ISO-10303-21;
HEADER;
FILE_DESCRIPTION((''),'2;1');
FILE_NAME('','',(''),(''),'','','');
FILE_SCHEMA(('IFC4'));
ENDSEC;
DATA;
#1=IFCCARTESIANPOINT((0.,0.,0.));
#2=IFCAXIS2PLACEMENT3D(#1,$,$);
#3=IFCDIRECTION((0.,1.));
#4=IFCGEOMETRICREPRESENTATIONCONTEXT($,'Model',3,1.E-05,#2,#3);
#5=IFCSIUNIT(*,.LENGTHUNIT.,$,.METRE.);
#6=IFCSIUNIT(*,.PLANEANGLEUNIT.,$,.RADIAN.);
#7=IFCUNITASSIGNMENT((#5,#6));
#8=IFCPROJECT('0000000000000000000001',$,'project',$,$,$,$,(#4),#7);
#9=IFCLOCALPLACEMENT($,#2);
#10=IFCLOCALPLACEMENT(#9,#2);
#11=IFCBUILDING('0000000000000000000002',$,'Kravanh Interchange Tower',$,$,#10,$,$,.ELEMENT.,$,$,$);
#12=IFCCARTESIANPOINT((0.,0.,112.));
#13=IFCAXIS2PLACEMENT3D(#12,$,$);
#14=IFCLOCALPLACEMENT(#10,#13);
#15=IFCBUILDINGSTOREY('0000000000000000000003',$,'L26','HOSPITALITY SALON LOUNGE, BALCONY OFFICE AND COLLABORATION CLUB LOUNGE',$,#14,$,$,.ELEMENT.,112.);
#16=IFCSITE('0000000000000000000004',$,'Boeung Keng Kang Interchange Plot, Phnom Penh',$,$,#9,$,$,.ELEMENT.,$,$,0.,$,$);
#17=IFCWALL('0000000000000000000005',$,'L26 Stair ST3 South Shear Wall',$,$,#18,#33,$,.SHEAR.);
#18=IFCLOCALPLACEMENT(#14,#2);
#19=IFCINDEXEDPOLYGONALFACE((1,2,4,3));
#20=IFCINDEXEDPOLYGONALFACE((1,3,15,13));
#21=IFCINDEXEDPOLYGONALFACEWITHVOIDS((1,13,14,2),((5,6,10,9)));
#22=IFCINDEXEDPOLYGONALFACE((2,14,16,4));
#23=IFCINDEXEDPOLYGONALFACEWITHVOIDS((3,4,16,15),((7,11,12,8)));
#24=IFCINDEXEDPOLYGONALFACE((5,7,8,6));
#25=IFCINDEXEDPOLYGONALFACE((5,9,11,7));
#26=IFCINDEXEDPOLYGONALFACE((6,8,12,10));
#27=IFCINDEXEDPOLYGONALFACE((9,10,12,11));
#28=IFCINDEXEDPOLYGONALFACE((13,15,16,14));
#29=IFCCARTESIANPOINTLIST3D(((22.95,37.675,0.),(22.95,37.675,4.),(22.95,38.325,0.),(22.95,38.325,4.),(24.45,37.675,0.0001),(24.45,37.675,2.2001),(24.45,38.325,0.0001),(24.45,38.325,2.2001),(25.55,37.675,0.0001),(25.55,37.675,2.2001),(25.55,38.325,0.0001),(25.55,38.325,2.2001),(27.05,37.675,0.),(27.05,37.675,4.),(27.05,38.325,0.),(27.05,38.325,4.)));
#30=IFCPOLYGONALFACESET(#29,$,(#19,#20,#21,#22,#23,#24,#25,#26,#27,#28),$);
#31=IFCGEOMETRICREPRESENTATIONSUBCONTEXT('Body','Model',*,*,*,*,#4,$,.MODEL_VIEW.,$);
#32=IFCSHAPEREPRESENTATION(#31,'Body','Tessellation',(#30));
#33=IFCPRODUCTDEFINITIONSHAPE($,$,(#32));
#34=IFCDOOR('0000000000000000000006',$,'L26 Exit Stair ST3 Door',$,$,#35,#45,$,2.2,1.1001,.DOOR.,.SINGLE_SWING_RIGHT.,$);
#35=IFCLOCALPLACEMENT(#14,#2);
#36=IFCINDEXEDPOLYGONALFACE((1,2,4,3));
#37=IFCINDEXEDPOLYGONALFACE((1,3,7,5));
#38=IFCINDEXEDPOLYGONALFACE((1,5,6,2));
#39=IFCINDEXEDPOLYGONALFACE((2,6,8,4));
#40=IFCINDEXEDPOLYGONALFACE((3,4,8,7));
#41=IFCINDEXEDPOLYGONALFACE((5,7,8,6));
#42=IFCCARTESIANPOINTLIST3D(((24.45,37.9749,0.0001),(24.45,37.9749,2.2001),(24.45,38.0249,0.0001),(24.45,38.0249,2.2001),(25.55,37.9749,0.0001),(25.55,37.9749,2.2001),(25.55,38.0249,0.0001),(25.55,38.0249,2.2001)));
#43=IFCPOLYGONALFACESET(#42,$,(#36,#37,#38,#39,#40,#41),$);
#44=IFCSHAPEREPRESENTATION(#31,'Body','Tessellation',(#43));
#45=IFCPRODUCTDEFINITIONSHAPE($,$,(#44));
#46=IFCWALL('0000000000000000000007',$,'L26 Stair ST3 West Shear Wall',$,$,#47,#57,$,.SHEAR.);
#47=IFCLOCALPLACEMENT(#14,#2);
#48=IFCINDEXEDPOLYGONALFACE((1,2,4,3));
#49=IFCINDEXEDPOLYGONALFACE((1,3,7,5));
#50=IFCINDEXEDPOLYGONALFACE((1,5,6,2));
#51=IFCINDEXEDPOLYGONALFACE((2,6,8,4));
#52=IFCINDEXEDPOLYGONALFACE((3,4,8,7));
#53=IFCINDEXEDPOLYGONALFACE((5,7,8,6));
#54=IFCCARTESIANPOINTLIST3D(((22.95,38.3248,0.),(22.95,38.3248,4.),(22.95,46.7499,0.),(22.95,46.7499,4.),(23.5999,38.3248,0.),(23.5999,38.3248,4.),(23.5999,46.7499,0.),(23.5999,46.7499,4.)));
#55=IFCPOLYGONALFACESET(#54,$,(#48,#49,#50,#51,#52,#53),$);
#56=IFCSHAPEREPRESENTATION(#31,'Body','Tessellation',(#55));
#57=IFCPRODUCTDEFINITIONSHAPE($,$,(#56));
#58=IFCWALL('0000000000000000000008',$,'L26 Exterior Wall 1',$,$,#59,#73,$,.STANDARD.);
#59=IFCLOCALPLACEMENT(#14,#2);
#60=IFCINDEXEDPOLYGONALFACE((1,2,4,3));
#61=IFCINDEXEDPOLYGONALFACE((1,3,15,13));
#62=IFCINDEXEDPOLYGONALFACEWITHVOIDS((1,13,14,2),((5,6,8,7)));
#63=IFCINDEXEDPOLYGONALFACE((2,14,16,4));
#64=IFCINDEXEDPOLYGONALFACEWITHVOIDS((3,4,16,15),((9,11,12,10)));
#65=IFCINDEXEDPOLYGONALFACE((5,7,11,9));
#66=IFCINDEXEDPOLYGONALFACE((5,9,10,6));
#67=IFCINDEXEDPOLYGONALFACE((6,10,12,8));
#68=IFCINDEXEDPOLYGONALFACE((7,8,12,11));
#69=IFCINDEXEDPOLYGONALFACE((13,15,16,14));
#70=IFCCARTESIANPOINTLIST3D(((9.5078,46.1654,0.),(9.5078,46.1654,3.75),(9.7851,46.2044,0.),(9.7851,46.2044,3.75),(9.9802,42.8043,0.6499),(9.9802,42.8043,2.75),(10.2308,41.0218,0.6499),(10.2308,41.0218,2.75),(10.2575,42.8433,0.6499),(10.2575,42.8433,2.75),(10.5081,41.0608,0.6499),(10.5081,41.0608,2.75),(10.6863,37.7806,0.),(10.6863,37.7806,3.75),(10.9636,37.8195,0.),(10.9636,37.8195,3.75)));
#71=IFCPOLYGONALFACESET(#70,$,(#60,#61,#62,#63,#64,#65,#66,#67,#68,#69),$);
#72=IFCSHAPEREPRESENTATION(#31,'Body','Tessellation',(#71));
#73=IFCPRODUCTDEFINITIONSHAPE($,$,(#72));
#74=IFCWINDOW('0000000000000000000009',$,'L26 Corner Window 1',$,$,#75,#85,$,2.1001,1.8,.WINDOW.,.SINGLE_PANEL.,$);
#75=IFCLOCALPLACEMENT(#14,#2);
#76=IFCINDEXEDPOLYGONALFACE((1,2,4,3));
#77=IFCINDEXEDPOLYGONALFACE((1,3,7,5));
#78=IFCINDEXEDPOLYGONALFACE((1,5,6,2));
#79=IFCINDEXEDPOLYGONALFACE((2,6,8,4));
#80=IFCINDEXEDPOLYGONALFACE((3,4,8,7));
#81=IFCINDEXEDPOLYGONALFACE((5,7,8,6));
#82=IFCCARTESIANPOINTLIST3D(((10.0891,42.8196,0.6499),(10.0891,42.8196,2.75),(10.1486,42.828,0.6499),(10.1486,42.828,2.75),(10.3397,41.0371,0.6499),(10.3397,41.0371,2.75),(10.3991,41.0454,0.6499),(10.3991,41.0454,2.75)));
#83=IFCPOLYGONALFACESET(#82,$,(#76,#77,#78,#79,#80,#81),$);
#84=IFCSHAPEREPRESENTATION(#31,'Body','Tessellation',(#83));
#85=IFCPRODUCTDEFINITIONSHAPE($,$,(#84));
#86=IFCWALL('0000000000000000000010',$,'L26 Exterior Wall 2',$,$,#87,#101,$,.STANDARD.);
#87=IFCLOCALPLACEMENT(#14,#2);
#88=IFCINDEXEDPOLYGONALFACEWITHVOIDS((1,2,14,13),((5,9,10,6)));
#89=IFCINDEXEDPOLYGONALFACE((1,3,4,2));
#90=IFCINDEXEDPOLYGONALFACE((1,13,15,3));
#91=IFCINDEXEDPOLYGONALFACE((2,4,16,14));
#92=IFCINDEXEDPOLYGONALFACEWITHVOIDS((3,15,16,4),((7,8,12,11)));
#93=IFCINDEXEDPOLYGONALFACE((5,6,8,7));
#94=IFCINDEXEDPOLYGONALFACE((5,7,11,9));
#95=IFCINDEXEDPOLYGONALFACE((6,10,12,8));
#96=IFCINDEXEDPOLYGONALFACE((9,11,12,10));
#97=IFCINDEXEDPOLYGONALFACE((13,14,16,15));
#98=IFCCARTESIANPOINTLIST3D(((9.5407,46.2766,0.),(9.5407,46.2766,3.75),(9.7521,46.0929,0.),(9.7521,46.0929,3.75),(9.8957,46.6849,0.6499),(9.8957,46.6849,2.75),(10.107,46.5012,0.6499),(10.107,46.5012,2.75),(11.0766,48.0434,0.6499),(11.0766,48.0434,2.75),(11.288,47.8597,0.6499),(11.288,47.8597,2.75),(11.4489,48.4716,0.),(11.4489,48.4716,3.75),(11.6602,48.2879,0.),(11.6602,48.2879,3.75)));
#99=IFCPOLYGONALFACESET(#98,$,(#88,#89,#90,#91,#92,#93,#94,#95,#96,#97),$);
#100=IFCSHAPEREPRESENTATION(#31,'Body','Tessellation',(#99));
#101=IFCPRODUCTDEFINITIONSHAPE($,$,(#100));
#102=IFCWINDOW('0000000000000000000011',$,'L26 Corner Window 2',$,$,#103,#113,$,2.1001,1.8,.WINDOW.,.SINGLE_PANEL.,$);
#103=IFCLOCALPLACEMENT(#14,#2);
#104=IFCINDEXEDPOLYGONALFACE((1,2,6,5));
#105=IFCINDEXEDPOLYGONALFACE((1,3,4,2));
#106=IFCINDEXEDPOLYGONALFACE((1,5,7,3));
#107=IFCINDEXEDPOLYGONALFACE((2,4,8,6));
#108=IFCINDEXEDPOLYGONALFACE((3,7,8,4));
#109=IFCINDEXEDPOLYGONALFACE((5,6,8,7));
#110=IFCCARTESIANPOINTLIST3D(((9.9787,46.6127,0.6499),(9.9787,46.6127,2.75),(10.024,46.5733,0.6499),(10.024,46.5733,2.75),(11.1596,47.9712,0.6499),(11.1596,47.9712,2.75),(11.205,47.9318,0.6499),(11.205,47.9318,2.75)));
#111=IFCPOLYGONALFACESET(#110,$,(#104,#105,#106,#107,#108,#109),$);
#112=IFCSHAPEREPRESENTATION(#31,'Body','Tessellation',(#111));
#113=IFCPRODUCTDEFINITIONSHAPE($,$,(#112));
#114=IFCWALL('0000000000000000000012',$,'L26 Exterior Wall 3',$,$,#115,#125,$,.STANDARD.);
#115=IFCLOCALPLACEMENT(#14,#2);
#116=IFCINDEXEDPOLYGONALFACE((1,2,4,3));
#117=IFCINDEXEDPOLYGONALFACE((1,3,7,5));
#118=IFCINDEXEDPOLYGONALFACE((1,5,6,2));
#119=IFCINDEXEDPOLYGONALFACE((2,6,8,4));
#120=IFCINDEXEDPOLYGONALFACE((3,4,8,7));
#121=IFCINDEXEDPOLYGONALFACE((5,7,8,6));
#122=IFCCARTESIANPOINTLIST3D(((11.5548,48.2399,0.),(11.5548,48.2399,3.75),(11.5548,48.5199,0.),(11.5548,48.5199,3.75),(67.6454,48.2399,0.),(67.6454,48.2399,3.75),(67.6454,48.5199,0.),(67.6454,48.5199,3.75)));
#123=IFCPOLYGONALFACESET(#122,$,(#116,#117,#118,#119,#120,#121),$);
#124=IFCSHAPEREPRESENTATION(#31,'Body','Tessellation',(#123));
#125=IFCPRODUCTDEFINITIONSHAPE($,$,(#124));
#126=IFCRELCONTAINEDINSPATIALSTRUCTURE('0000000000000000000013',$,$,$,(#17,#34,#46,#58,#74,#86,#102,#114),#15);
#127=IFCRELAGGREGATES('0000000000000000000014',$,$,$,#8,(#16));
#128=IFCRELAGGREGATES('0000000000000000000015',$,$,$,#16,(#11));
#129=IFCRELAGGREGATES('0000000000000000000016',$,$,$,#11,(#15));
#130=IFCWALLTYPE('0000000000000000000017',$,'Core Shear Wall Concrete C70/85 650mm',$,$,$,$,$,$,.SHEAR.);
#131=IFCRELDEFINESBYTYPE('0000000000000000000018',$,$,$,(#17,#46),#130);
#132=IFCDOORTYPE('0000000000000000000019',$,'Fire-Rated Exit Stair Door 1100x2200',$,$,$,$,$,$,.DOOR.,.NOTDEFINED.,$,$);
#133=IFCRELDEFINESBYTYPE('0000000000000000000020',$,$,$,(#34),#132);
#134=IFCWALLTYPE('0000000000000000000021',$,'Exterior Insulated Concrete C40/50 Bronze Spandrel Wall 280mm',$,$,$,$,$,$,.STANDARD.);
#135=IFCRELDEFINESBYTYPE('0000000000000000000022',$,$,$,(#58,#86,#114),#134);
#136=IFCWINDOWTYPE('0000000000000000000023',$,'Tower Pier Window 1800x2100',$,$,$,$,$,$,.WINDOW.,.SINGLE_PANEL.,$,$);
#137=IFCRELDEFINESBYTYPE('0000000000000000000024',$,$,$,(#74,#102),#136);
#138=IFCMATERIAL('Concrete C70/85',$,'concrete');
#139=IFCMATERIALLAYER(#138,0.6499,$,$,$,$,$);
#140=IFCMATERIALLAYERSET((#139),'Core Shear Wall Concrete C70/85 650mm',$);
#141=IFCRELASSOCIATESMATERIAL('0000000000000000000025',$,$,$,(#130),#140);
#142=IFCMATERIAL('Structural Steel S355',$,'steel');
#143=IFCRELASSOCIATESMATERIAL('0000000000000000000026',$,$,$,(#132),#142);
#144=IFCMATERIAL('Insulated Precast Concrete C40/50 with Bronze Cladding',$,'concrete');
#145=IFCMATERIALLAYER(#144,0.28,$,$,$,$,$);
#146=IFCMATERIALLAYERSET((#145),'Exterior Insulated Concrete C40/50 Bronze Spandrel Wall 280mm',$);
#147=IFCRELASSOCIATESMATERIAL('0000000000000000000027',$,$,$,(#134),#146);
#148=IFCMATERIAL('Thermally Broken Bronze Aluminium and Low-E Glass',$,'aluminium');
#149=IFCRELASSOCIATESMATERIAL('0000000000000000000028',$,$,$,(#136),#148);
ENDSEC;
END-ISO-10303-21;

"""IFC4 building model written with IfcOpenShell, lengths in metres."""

from ifc_helpers import new_model, si_unit, direction, frame, frame_2d, origin, place, context, subcontext, project, spatial, rectangle, extrude, material, layer, layer_set, type_object, element, fill, save


model = new_model("IFC4")

# Units and contexts
model_context = context("Model", 3, precision=1e-05, world=origin(), true_north=direction((0.0, 1.0)))
body_context = subcontext(model_context, "Body", "Model", "MODEL_VIEW")
ifc_project = project(units=[si_unit("LENGTHUNIT", "METRE"), si_unit("PLANEANGLEUNIT", "RADIAN")], contexts=[model_context])

# Site, building, storey
site_placement = place(None, origin())
site = spatial("IfcSite", under=ifc_project, at=site_placement, Name="Boeung Keng Kang Interchange Plot, Phnom Penh", CompositionType="ELEMENT", RefElevation=0.0)
building_placement = place(site_placement, origin())
building = spatial("IfcBuilding", under=site, at=building_placement, Name="Kravanh Interchange Tower", CompositionType="ELEMENT")
storey_placement = place(building_placement, frame((0.0, 0.0, 112.0)))
storey = spatial("IfcBuildingStorey", under=building, at=storey_placement, Name="L26", Description="HOSPITALITY SALON LOUNGE, BALCONY OFFICE AND COLLABORATION CLUB LOUNGE", CompositionType="ELEMENT", Elevation=112.0)

# Shared definitions
ifc_material_1 = material(Name="Concrete C70/85", Category="concrete")
ifc_layer_1 = layer(ifc_material_1, 0.6499)
ifc_layer_set_1 = layer_set([ifc_layer_1], Name="Core Shear Wall Concrete C70/85 650mm")
wall_type_1 = type_object("IfcWallType", Name="Core Shear Wall Concrete C70/85 650mm", PredefinedType="SHEAR", material=ifc_layer_set_1)

# Wall, opening, door
wall_1_placement = place(storey_placement, frame((22.95, 38.0, 0.0), z_axis=(0.0, 0.0, 1.0), x_axis=(1.0, 0.0, 0.0)))
wall_1 = element("IfcWall", 1, at=wall_1_placement, inside=storey, type_object=wall_type_1, Name="L26 Stair ST3 South Shear Wall", PredefinedType="SHEAR", context=body_context, shape_type="SweptSolid", body=[
    extrude(rectangle(XDim=4.1001, YDim=0.6499, at=frame_2d((2.05, 0.0))), origin(), (0.0, 0.0, 1.0), 4.0),
])
opening_1_placement = place(wall_1_placement, frame((1.5, 0.0, 0.0)))
opening_1 = element("IfcOpeningElement", 2, at=opening_1_placement, cuts=wall_1, PredefinedType="OPENING", context=body_context, shape_type="SweptSolid", body=[
    extrude(rectangle(XDim=1.1001, YDim=2.2, at=frame_2d((0.55, 1.1001))), frame((0.0, 0.335, 0.0), z_axis=(0.0, -1.0, 0.0), x_axis=(1.0, 0.0, 0.0)), (0.0, 0.0, 1.0), 0.6699),
])
ifc_material_2 = material(Name="Structural Steel S355", Category="steel")
door_type_1 = type_object("IfcDoorType", Name="Fire-Rated Exit Stair Door 1100x2200", OperationType="NOTDEFINED", PredefinedType="DOOR", material=ifc_material_2)
door_1_placement = place(opening_1_placement, origin())
door_1 = element("IfcDoor", 3, at=door_1_placement, inside=storey, type_object=door_type_1, Name="L26 Exit Stair ST3 Door", OperationType="SINGLE_SWING_RIGHT", OverallHeight=2.2, OverallWidth=1.1001, PredefinedType="DOOR", context=body_context, shape_type="SweptSolid", body=[
    extrude(rectangle(XDim=1.1001, YDim=2.2, at=frame_2d((0.55, 1.1001))), frame((0.0, 0.0249, 0.0), z_axis=(0.0, -1.0, 0.0), x_axis=(1.0, 0.0, 0.0)), (0.0, 0.0, 1.0), 0.05),
])
fill(opening_1, door_1)

# Wall
wall_2_placement = place(storey_placement, frame((23.2749, 38.325, 0.0), z_axis=(0.0, 0.0, 1.0), x_axis=(0.0, 1.0, 0.0)))
element("IfcWall", 4, at=wall_2_placement, inside=storey, type_object=wall_type_1, Name="L26 Stair ST3 West Shear Wall", PredefinedType="SHEAR", context=body_context, shape_type="SweptSolid", body=[
    extrude(rectangle(XDim=8.425, YDim=0.6499, at=frame_2d((4.2124, 0.0))), origin(), (0.0, 0.0, 1.0), 4.0),
])

# Walls, openings, windows
ifc_material_3 = material(Name="Insulated Precast Concrete C40/50 with Bronze Cladding", Category="concrete")
ifc_layer_2 = layer(ifc_material_3, 0.28)
ifc_layer_set_2 = layer_set([ifc_layer_2], Name="Exterior Insulated Concrete C40/50 Bronze Spandrel Wall 280mm")
wall_type_2 = type_object("IfcWallType", Name="Exterior Insulated Concrete C40/50 Bronze Spandrel Wall 280mm", PredefinedType="STANDARD", material=ifc_layer_set_2)
wall_3_placement = place(storey_placement, frame((10.825, 37.8, 0.0), z_axis=(0.0, 0.0, 1.0), x_axis=(-0.139181, 0.990267, 0.0)))
wall_3 = element("IfcWall", 5, at=wall_3_placement, inside=storey, type_object=wall_type_2, Name="L26 Exterior Wall 1", PredefinedType="STANDARD", context=body_context, shape_type="SweptSolid", body=[
    extrude(rectangle(XDim=8.4673, YDim=0.28, at=frame_2d((4.2336, 0.0))), origin(), (0.0, 0.0, 1.0), 3.75),
])
opening_2_placement = place(wall_3_placement, frame((3.2732, 0.0, 0.6499)))
opening_2 = element("IfcOpeningElement", 6, at=opening_2_placement, cuts=wall_3, PredefinedType="OPENING", context=body_context, shape_type="SweptSolid", body=[
    extrude(rectangle(XDim=1.8, YDim=2.1001, at=frame_2d((0.8999, 1.05))), frame((0.0, 0.1499, 0.0), z_axis=(0.0, -1.0, 0.0), x_axis=(1.0, 0.0, 0.0)), (0.0, 0.0, 1.0), 0.3),
])
ifc_material_4 = material(Name="Thermally Broken Bronze Aluminium and Low-E Glass", Category="aluminium")
window_type = type_object("IfcWindowType", Name="Tower Pier Window 1800x2100", PartitioningType="SINGLE_PANEL", PredefinedType="WINDOW", material=ifc_material_4)
window_1_placement = place(opening_2_placement, origin())
window_1 = element("IfcWindow", 7, at=window_1_placement, inside=storey, type_object=window_type, Name="L26 Corner Window 1", OverallHeight=2.1001, OverallWidth=1.8, PartitioningType="SINGLE_PANEL", PredefinedType="WINDOW", context=body_context, shape_type="SweptSolid", body=[
    extrude(rectangle(XDim=1.8, YDim=2.1001, at=frame_2d((0.8999, 1.05))), frame((0.0, 0.03, 0.0), z_axis=(0.0, -1.0, 0.0), x_axis=(1.0, 0.0, 0.0)), (0.0, 0.0, 1.0), 0.0601),
])
fill(opening_2, window_1)
wall_4_placement = place(storey_placement, frame((9.6465, 46.1848, 0.0), z_axis=(0.0, 0.0, 1.0), x_axis=(0.656071, 0.754699, 0.0)))
wall_4 = element("IfcWall", 8, at=wall_4_placement, inside=storey, type_object=wall_type_2, Name="L26 Exterior Wall 2", PredefinedType="STANDARD", context=body_context, shape_type="SweptSolid", body=[
    extrude(rectangle(XDim=2.9084, YDim=0.28, at=frame_2d((1.4541, 0.0))), origin(), (0.0, 0.0, 1.0), 3.75),
])
opening_3_placement = place(wall_4_placement, frame((0.541, 0.0, 0.6499)))
opening_3 = element("IfcOpeningElement", 9, at=opening_3_placement, cuts=wall_4, PredefinedType="OPENING", context=body_context, shape_type="SweptSolid", body=[
    extrude(rectangle(XDim=1.8, YDim=2.1001, at=frame_2d((0.8999, 1.05))), frame((0.0, 0.1499, 0.0), z_axis=(0.0, -1.0, 0.0), x_axis=(1.0, 0.0, 0.0)), (0.0, 0.0, 1.0), 0.3),
])
window_2_placement = place(opening_3_placement, origin())
window_2 = element("IfcWindow", 10, at=window_2_placement, inside=storey, type_object=window_type, Name="L26 Corner Window 2", OverallHeight=2.1001, OverallWidth=1.8, PartitioningType="SINGLE_PANEL", PredefinedType="WINDOW", context=body_context, shape_type="SweptSolid", body=[
    extrude(rectangle(XDim=1.8, YDim=2.1001, at=frame_2d((0.8999, 1.05))), frame((0.0, 0.03, 0.0), z_axis=(0.0, -1.0, 0.0), x_axis=(1.0, 0.0, 0.0)), (0.0, 0.0, 1.0), 0.0601),
])
fill(opening_3, window_2)

# Wall
wall_5_placement = place(storey_placement, frame((11.5547, 48.3799, 0.0), z_axis=(0.0, 0.0, 1.0), x_axis=(1.0, 0.0, 0.0)))
element("IfcWall", 11, at=wall_5_placement, inside=storey, type_object=wall_type_2, Name="L26 Exterior Wall 3", PredefinedType="STANDARD", context=body_context, shape_type="SweptSolid", body=[
    extrude(rectangle(XDim=56.0906, YDim=0.28, at=frame_2d((28.0454, 0.0))), origin(), (0.0, 0.0, 1.0), 3.75),
])

save(model, "model.ifc")
